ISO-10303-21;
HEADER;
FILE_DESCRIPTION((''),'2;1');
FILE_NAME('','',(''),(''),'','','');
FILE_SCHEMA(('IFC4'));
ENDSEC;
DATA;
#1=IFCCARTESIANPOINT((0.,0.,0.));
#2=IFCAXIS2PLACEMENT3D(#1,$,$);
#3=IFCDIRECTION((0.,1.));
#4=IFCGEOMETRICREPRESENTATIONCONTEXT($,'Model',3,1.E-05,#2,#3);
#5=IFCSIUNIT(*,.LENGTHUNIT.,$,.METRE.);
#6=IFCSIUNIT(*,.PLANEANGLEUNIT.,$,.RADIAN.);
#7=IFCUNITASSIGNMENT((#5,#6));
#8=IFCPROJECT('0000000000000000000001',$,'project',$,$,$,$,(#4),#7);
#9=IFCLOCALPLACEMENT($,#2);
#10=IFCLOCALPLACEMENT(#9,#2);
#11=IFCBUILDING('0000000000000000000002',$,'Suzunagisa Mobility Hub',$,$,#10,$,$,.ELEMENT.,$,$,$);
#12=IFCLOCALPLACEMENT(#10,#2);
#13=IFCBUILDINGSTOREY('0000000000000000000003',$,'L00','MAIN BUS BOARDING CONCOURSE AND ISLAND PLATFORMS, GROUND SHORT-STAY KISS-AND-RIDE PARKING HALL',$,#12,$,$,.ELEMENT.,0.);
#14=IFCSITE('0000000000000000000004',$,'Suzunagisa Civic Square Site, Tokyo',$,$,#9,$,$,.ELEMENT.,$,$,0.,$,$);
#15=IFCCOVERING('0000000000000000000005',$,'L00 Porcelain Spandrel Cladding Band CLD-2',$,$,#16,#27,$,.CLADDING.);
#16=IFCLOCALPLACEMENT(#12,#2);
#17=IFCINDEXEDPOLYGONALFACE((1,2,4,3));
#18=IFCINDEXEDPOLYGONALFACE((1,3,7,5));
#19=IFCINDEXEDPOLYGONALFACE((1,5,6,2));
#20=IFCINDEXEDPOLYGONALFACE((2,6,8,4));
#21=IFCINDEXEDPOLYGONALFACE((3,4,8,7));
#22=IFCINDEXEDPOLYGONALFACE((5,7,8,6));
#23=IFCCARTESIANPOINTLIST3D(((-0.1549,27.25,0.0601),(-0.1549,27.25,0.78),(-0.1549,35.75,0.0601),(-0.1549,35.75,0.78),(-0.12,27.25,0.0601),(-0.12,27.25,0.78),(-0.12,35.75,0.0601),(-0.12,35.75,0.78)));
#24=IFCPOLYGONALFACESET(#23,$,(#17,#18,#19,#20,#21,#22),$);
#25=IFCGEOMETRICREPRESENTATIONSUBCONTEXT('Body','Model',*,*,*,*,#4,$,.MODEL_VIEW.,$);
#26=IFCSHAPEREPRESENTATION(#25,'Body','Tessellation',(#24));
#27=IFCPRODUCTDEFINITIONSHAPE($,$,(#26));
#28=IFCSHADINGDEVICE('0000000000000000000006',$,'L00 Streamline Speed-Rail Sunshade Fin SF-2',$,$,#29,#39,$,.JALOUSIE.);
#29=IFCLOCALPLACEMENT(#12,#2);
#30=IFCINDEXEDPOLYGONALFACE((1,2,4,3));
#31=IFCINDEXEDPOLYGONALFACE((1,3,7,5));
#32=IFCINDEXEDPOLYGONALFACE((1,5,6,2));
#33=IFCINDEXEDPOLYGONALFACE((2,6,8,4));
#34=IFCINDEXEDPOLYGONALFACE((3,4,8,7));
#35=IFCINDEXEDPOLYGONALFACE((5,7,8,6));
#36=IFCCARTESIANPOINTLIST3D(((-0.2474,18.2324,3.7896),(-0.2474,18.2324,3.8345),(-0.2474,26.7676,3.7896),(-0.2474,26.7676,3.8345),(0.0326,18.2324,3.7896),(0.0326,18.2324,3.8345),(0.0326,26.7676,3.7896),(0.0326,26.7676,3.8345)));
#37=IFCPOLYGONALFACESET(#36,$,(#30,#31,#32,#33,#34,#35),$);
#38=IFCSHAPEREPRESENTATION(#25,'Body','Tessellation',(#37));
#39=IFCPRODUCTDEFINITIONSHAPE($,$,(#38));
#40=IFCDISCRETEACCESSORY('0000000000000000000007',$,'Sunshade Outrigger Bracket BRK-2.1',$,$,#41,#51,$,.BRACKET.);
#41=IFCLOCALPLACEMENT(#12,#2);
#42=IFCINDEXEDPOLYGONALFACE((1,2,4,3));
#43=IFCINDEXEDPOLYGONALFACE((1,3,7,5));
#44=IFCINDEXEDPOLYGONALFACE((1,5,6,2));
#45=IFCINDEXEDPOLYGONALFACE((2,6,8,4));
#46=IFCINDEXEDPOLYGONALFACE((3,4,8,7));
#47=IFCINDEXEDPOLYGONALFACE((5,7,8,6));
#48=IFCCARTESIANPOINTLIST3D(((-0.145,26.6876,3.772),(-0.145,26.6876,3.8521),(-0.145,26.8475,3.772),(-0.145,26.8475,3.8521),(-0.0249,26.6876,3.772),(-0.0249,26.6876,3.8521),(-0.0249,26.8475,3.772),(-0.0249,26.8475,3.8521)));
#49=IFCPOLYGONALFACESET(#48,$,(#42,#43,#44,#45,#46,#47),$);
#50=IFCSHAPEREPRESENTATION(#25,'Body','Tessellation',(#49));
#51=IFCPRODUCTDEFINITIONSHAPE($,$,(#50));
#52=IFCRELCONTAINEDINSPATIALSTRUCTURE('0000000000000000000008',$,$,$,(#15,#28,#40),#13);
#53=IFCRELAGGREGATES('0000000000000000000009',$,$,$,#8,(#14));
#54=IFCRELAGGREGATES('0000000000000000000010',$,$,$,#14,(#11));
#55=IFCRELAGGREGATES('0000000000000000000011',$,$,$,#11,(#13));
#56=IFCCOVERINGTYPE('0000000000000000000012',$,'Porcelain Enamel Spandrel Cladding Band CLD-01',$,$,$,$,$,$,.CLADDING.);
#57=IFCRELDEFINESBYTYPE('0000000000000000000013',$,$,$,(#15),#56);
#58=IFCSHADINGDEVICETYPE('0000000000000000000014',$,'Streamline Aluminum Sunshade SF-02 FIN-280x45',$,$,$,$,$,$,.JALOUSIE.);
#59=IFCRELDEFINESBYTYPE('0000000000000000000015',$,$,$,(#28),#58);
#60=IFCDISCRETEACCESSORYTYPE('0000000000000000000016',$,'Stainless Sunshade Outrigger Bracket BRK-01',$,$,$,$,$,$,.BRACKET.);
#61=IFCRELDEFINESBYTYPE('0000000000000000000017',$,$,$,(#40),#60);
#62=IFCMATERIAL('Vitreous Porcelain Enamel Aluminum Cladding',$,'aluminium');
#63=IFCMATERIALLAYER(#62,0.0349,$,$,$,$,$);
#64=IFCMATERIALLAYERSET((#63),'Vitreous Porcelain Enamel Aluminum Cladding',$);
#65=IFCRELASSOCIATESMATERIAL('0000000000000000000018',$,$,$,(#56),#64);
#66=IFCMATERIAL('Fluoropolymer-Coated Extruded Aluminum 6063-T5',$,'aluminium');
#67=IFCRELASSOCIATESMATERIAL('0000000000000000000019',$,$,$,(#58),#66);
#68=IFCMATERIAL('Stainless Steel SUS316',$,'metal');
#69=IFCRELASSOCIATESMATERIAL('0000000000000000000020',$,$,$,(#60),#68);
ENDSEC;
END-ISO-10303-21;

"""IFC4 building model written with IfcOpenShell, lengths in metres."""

from ifc_helpers import new_model, si_unit, direction, frame, origin, origin_2d, place, context, subcontext, project, spatial, rectangle, extrude, material, layer, layer_set, material_profile, profile_set, type_object, element, save


model = new_model("IFC4")

# Units and contexts
model_context = context("Model", 3, precision=1e-05, world=origin(), true_north=direction((0.0, 1.0)))
body_context = subcontext(model_context, "Body", "Model", "MODEL_VIEW")
ifc_project = project(units=[si_unit("LENGTHUNIT", "METRE"), si_unit("PLANEANGLEUNIT", "RADIAN")], contexts=[model_context])

# Site, building, storey
site_placement = place(None, origin())
site = spatial("IfcSite", under=ifc_project, at=site_placement, Name="Suzunagisa Civic Square Site, Tokyo", CompositionType="ELEMENT", RefElevation=0.0)
building_placement = place(site_placement, origin())
building = spatial("IfcBuilding", under=site, at=building_placement, Name="Suzunagisa Mobility Hub", CompositionType="ELEMENT")
storey_placement = place(building_placement, origin())
storey = spatial("IfcBuildingStorey", under=building, at=storey_placement, Name="L00", Description="MAIN BUS BOARDING CONCOURSE AND ISLAND PLATFORMS, GROUND SHORT-STAY KISS-AND-RIDE PARKING HALL", CompositionType="ELEMENT", Elevation=0.0)

# Covering
ifc_material_1 = material(Name="Vitreous Porcelain Enamel Aluminum Cladding", Category="aluminium")
ifc_layer_1 = layer(ifc_material_1, 0.0349)
ifc_layer_set_1 = layer_set([ifc_layer_1], Name="Vitreous Porcelain Enamel Aluminum Cladding")
covering_type = type_object("IfcCoveringType", Name="Porcelain Enamel Spandrel Cladding Band CLD-01", PredefinedType="CLADDING", material=ifc_layer_set_1)
covering_placement = place(storey_placement, frame((-0.1375, 31.5, 0.0601), z_axis=(0.0, 0.0, 1.0), x_axis=(0.0, -1.0, 0.0)))
element("IfcCovering", 1, at=covering_placement, inside=storey, type_object=covering_type, Name="L00 Porcelain Spandrel Cladding Band CLD-2", PredefinedType="CLADDING", context=body_context, shape_type="SweptSolid", body=[
    extrude(rectangle(XDim=8.5, YDim=0.0349, at=origin_2d()), origin(), (0.0, 0.0, 1.0), 0.72),
])

# Shading device
ifc_material_2 = material(Name="Fluoropolymer-Coated Extruded Aluminum 6063-T5", Category="aluminium")
ifc_material_profile_1 = material_profile(ifc_material_2, rectangle(XDim=0.28, YDim=0.0449, at=origin_2d()), Name="FIN-280x45")
ifc_profile_set_1 = profile_set([ifc_material_profile_1], Name="Fluoropolymer-Coated Extruded Aluminum 6063-T5")
shading_device_type = type_object("IfcShadingDeviceType", Name="Streamline Aluminum Sunshade SF-02 FIN-280x45", PredefinedType="JALOUSIE", material=ifc_profile_set_1)
shading_device_placement = place(storey_placement, frame((-0.1074, 26.7676, 3.812), z_axis=(0.0, -1.0, 0.0), x_axis=(1.0, 0.0, 0.0)))
element("IfcShadingDevice", 2, at=shading_device_placement, inside=storey, type_object=shading_device_type, Name="L00 Streamline Speed-Rail Sunshade Fin SF-2", PredefinedType="JALOUSIE", context=body_context, shape_type="SweptSolid", body=[
    extrude(rectangle(XDim=0.28, YDim=0.0449, at=origin_2d()), origin(), (0.0, 0.0, 1.0), 8.5352),
])

# Discrete accessory
ifc_material_3 = material(Name="Stainless Steel SUS316", Category="metal")
discrete_accessory_type = type_object("IfcDiscreteAccessoryType", Name="Stainless Sunshade Outrigger Bracket BRK-01", PredefinedType="BRACKET", material=ifc_material_3)
discrete_accessory_placement = place(storey_placement, frame((-0.085, 26.7676, 3.772), z_axis=(0.0, 0.0, 1.0), x_axis=(0.0, -1.0, 0.0)))
element("IfcDiscreteAccessory", 3, at=discrete_accessory_placement, inside=storey, type_object=discrete_accessory_type, Name="Sunshade Outrigger Bracket BRK-2.1", PredefinedType="BRACKET", context=body_context, shape_type="SweptSolid", body=[
    extrude(rectangle(XDim=0.1599, YDim=0.1201, at=origin_2d()), origin(), (0.0, 0.0, 1.0), 0.0801),
])

save(model, "model.ifc")
